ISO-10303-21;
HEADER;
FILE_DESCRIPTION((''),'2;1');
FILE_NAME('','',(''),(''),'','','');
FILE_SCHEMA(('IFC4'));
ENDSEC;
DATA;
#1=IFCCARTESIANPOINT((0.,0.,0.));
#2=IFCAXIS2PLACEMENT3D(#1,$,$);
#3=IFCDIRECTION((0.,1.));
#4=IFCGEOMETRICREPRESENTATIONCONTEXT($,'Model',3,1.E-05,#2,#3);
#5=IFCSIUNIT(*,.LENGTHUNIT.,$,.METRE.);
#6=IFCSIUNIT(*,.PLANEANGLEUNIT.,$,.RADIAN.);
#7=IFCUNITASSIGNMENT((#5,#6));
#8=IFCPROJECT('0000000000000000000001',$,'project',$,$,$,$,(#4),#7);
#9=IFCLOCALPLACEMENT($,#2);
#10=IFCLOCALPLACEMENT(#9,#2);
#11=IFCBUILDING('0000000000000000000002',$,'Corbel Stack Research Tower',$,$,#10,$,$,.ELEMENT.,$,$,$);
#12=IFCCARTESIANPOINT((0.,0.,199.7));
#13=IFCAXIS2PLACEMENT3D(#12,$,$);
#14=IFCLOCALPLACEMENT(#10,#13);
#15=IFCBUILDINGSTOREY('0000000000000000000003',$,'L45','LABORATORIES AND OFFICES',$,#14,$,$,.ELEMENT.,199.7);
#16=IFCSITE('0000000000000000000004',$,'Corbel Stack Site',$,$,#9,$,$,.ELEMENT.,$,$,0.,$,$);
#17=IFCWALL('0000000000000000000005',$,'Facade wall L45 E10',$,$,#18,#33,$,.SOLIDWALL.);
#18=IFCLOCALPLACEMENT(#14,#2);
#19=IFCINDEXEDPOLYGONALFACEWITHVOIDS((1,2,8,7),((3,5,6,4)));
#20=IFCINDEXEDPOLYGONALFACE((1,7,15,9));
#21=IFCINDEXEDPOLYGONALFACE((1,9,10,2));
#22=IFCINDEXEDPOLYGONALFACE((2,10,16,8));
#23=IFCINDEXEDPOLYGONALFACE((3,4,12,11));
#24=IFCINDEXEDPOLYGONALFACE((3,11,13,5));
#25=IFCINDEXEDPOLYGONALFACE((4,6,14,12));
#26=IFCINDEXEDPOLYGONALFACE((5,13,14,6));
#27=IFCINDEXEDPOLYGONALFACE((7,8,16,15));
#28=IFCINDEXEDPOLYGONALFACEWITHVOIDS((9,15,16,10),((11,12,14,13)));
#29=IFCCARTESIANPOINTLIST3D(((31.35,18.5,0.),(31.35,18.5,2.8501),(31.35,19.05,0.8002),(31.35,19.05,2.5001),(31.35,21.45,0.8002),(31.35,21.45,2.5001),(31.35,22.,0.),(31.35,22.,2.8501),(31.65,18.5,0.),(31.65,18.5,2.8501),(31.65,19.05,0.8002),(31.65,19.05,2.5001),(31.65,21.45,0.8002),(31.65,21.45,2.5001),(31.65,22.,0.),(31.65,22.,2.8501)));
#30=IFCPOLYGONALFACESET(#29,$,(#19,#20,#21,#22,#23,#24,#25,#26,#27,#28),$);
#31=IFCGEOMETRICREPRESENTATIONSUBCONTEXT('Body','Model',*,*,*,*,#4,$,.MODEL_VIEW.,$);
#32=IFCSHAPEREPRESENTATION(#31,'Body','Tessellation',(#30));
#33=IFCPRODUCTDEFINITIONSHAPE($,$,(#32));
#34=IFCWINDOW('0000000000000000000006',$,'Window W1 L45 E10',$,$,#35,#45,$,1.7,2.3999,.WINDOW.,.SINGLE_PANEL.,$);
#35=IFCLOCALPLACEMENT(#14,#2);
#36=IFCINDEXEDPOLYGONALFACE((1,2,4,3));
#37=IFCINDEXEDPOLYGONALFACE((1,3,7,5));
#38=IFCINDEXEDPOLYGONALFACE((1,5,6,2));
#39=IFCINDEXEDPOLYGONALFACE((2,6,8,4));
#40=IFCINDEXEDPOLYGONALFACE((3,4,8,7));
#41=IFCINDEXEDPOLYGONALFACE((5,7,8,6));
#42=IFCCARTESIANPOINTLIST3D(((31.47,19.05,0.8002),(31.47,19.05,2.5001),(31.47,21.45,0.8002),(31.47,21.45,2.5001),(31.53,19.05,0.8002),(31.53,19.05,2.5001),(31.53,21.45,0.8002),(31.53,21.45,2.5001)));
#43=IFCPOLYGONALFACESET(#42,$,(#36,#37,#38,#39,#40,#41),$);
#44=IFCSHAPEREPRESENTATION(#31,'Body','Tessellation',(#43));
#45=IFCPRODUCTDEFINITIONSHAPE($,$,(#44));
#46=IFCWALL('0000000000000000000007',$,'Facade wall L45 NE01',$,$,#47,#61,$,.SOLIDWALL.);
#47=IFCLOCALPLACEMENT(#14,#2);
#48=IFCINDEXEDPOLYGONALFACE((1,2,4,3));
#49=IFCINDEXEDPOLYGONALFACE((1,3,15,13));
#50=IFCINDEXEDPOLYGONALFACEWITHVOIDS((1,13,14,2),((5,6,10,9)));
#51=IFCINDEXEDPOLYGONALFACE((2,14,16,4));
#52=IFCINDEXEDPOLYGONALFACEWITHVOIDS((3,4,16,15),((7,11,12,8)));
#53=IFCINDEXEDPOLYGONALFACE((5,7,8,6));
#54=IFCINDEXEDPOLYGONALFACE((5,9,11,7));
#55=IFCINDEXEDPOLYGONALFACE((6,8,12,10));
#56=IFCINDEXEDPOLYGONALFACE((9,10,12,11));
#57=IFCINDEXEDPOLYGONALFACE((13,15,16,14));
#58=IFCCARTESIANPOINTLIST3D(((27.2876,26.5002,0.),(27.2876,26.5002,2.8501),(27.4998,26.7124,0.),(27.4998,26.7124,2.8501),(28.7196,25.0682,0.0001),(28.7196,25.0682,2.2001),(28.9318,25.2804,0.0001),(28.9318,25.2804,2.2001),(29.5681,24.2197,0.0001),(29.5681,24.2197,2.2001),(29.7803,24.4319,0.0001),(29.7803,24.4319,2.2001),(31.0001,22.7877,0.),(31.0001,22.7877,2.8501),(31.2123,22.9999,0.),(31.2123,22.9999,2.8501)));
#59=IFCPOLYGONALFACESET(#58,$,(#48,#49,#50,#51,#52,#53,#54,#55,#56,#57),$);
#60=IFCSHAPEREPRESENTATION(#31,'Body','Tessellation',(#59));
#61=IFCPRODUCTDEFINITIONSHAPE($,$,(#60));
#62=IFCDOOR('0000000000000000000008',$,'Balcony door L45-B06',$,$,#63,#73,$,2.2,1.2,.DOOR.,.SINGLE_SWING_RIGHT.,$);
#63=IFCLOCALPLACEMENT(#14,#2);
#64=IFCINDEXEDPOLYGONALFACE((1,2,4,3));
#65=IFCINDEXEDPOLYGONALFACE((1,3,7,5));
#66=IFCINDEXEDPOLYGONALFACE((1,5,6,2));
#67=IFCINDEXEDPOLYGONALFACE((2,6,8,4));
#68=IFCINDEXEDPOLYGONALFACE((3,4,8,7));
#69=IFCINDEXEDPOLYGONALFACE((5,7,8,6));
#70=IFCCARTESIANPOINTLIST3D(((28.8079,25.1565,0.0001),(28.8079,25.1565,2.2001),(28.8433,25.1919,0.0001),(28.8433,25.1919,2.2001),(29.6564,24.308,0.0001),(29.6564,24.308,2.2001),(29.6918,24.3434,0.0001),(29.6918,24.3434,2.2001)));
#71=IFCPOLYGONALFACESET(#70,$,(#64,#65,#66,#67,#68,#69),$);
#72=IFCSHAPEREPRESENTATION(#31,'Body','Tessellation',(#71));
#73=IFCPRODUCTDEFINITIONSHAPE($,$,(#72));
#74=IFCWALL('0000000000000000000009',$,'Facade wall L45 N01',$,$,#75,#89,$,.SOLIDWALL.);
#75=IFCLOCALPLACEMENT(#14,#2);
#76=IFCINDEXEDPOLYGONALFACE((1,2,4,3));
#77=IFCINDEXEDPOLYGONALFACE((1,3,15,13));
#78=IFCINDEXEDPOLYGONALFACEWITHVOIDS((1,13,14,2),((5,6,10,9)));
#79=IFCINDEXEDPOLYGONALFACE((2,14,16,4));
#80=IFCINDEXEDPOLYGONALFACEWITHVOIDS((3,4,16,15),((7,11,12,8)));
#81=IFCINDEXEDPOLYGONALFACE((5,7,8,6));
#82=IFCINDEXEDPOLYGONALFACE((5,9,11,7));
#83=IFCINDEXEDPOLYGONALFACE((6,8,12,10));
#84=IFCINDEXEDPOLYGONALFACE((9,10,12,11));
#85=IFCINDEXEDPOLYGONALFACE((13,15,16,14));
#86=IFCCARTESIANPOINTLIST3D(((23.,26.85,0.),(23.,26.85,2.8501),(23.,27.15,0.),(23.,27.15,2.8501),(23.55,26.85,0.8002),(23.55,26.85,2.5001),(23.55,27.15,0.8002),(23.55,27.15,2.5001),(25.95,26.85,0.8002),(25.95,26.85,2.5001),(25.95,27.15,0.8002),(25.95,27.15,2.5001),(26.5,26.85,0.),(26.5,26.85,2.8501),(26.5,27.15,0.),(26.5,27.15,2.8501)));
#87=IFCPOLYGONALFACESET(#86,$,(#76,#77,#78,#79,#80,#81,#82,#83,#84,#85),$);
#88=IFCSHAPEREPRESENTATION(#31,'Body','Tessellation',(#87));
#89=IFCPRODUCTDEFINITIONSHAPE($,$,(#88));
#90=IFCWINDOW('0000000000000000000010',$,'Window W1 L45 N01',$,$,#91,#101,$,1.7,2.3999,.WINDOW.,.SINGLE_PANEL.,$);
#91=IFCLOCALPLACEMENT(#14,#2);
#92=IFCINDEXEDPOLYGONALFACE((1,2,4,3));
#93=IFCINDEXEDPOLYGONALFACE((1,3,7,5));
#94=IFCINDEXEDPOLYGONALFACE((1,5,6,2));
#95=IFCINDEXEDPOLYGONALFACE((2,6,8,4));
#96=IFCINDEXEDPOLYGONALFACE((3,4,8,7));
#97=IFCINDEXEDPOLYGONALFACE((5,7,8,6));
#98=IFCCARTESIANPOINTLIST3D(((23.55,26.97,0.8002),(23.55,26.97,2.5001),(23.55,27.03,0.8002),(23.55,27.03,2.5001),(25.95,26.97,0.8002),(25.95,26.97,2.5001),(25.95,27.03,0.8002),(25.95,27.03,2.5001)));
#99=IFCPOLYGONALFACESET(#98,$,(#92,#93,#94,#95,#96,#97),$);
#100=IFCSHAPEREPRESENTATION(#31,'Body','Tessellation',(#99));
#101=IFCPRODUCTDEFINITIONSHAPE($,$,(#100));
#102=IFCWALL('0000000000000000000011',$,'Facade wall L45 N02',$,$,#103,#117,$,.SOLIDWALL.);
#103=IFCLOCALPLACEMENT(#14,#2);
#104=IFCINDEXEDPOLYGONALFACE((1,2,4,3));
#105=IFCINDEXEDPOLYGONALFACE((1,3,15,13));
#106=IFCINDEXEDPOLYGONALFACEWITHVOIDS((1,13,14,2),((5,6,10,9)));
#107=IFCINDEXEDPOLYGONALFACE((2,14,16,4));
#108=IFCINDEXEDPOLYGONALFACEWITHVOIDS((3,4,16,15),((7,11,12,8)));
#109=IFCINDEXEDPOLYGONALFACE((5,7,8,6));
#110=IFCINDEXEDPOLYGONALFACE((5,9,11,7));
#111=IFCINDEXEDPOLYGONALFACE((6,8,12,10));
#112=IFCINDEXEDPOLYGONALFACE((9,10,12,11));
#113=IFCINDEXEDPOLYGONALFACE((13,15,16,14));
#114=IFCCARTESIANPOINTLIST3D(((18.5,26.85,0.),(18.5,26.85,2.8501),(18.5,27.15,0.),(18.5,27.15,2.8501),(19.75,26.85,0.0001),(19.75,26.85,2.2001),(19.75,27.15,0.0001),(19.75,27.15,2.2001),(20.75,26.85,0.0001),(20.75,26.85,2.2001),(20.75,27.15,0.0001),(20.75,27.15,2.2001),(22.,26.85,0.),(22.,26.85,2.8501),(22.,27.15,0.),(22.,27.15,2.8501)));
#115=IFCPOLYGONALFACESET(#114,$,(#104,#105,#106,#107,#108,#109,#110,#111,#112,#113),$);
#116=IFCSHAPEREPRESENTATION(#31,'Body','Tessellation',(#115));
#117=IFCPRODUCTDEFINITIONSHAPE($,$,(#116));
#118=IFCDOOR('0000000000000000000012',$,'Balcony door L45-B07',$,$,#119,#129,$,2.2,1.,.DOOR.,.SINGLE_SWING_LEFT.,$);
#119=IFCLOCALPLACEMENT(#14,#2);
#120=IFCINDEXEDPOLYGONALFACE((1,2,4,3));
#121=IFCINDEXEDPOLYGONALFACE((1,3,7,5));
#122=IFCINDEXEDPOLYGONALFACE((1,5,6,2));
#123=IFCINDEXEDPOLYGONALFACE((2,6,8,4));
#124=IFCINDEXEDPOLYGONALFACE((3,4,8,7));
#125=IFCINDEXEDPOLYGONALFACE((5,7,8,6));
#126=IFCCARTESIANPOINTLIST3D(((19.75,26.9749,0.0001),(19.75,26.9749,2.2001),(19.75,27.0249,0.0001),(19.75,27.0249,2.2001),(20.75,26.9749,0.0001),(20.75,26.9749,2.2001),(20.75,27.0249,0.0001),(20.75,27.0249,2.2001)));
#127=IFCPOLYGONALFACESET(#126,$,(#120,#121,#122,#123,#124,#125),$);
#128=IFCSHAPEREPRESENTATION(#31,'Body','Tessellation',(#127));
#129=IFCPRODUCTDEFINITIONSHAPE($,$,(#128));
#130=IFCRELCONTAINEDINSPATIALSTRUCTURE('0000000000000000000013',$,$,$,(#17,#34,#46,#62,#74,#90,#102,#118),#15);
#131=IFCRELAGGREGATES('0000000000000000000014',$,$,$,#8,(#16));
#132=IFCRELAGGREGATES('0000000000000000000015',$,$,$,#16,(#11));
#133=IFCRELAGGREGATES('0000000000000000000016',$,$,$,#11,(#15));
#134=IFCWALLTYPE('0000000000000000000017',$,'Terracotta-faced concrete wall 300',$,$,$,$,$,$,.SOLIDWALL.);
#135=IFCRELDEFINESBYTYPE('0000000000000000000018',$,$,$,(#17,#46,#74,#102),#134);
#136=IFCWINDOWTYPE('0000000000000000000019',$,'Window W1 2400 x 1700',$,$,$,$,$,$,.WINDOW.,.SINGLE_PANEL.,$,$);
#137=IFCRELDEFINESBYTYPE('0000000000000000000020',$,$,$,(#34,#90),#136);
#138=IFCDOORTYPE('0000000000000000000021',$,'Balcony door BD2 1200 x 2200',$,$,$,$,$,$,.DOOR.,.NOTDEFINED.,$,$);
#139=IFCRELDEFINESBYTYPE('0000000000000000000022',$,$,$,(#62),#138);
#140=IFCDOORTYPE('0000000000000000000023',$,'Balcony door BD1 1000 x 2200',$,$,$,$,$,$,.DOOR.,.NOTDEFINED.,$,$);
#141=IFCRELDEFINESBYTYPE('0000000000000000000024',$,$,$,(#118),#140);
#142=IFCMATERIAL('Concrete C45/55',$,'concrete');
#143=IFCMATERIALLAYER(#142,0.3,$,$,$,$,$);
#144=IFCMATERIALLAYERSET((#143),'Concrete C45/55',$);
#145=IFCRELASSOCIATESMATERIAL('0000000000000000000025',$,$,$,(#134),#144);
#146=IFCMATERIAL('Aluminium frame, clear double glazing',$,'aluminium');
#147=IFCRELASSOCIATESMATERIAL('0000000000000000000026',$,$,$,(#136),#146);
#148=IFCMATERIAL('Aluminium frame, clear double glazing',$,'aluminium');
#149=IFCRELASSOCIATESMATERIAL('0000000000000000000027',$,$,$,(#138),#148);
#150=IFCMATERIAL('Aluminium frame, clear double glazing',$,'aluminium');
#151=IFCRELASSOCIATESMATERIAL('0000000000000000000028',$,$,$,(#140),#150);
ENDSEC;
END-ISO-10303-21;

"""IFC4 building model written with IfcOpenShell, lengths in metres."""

from ifc_helpers import new_model, si_unit, direction, frame, frame_2d, origin, place, context, subcontext, project, spatial, rectangle, extrude, material, layer, layer_set, type_object, element, fill, save


model = new_model("IFC4")

# Units and contexts
model_context = context("Model", 3, precision=1e-05, world=origin(), true_north=direction((0.0, 1.0)))
body_context = subcontext(model_context, "Body", "Model", "MODEL_VIEW")
ifc_project = project(units=[si_unit("LENGTHUNIT", "METRE"), si_unit("PLANEANGLEUNIT", "RADIAN")], contexts=[model_context])

# Site, building, storey
site_placement = place(None, origin())
site = spatial("IfcSite", under=ifc_project, at=site_placement, Name="Corbel Stack Site", CompositionType="ELEMENT", RefElevation=0.0)
building_placement = place(site_placement, origin())
building = spatial("IfcBuilding", under=site, at=building_placement, Name="Corbel Stack Research Tower", CompositionType="ELEMENT")
storey_placement = place(building_placement, frame((0.0, 0.0, 199.7)))
storey = spatial("IfcBuildingStorey", under=building, at=storey_placement, Name="L45", Description="LABORATORIES AND OFFICES", CompositionType="ELEMENT", Elevation=199.7)

# Wall, opening, window
ifc_material_1 = material(Name="Concrete C45/55", Category="concrete")
ifc_layer_1 = layer(ifc_material_1, 0.3)
ifc_layer_set_1 = layer_set([ifc_layer_1], Name="Concrete C45/55")
wall_type = type_object("IfcWallType", Name="Terracotta-faced concrete wall 300", PredefinedType="SOLIDWALL", material=ifc_layer_set_1)
wall_1_placement = place(storey_placement, frame((31.5, 22.0, 0.0), z_axis=(0.0, 0.0, 1.0), x_axis=(0.0, -1.0, 0.0)))
wall_1 = element("IfcWall", 1, at=wall_1_placement, inside=storey, type_object=wall_type, Name="Facade wall L45 E10", PredefinedType="SOLIDWALL", context=body_context, shape_type="SweptSolid", body=[
    extrude(rectangle(XDim=3.5, YDim=0.3, at=frame_2d((1.75, 0.0))), origin(), (0.0, 0.0, 1.0), 2.8501),
])
opening_1_placement = place(wall_1_placement, frame((0.55, 0.0, 0.8)))
opening_1 = element("IfcOpeningElement", 2, at=opening_1_placement, cuts=wall_1, PredefinedType="OPENING", context=body_context, shape_type="SweptSolid", body=[
    extrude(rectangle(XDim=2.3999, YDim=1.7, at=frame_2d((1.2, 0.8501))), frame((0.0, 0.1599, 0.0), z_axis=(0.0, -1.0, 0.0), x_axis=(1.0, 0.0, 0.0)), (0.0, 0.0, 1.0), 0.3201),
])
ifc_material_2 = material(Name="Aluminium frame, clear double glazing", Category="aluminium")
window_type = type_object("IfcWindowType", Name="Window W1 2400 x 1700", PartitioningType="SINGLE_PANEL", PredefinedType="WINDOW", material=ifc_material_2)
window_1_placement = place(opening_1_placement, origin())
window_1 = element("IfcWindow", 3, at=window_1_placement, inside=storey, type_object=window_type, Name="Window W1 L45 E10", OverallHeight=1.7, OverallWidth=2.3999, PartitioningType="SINGLE_PANEL", PredefinedType="WINDOW", context=body_context, shape_type="SweptSolid", body=[
    extrude(rectangle(XDim=2.3999, YDim=1.7, at=frame_2d((1.2, 0.8501))), frame((0.0, 0.03, 0.0), z_axis=(0.0, -1.0, 0.0), x_axis=(1.0, 0.0, 0.0)), (0.0, 0.0, 1.0), 0.0601),
])
fill(opening_1, window_1)

# Wall, opening, door
wall_2_placement = place(storey_placement, frame((27.3938, 26.6062, 0.0), z_axis=(0.0, 0.0, 1.0), x_axis=(0.707107, -0.707107, 0.0)))
wall_2 = element("IfcWall", 4, at=wall_2_placement, inside=storey, type_object=wall_type, Name="Facade wall L45 NE01", PredefinedType="SOLIDWALL", context=body_context, shape_type="SweptSolid", body=[
    extrude(rectangle(XDim=5.2502, YDim=0.3, at=frame_2d((2.625, 0.0))), origin(), (0.0, 0.0, 1.0), 2.8501),
])
opening_2_placement = place(wall_2_placement, frame((2.0249, 0.0, 0.0)))
opening_2 = element("IfcOpeningElement", 5, at=opening_2_placement, cuts=wall_2, PredefinedType="OPENING", context=body_context, shape_type="SweptSolid", body=[
    extrude(rectangle(XDim=1.2, YDim=2.2, at=frame_2d((0.6001, 1.1001))), frame((0.0, 0.1599, 0.0), z_axis=(0.0, -1.0, 0.0), x_axis=(1.0, 0.0, 0.0)), (0.0, 0.0, 1.0), 0.3201),
])
ifc_material_3 = material(Name="Aluminium frame, clear double glazing", Category="aluminium")
door_type_1 = type_object("IfcDoorType", Name="Balcony door BD2 1200 x 2200", OperationType="NOTDEFINED", PredefinedType="DOOR", material=ifc_material_3)
door_1_placement = place(opening_2_placement, origin())
door_1 = element("IfcDoor", 6, at=door_1_placement, inside=storey, type_object=door_type_1, Name="Balcony door L45-B06", OperationType="SINGLE_SWING_RIGHT", OverallHeight=2.2, OverallWidth=1.2, PredefinedType="DOOR", context=body_context, shape_type="SweptSolid", body=[
    extrude(rectangle(XDim=1.2, YDim=2.2, at=frame_2d((0.6001, 1.1001))), frame((0.0, 0.0249, 0.0), z_axis=(0.0, -1.0, 0.0), x_axis=(1.0, 0.0, 0.0)), (0.0, 0.0, 1.0), 0.05),
])
fill(opening_2, door_1)

# Wall, opening, window
wall_3_placement = place(storey_placement, frame((23.0, 27.0, 0.0), z_axis=(0.0, 0.0, 1.0), x_axis=(1.0, 0.0, 0.0)))
wall_3 = element("IfcWall", 7, at=wall_3_placement, inside=storey, type_object=wall_type, Name="Facade wall L45 N01", PredefinedType="SOLIDWALL", context=body_context, shape_type="SweptSolid", body=[
    extrude(rectangle(XDim=3.5, YDim=0.3, at=frame_2d((1.75, 0.0))), origin(), (0.0, 0.0, 1.0), 2.8501),
])
opening_3_placement = place(wall_3_placement, frame((0.55, 0.0, 0.8)))
opening_3 = element("IfcOpeningElement", 8, at=opening_3_placement, cuts=wall_3, PredefinedType="OPENING", context=body_context, shape_type="SweptSolid", body=[
    extrude(rectangle(XDim=2.3999, YDim=1.7, at=frame_2d((1.2, 0.8501))), frame((0.0, 0.1599, 0.0), z_axis=(0.0, -1.0, 0.0), x_axis=(1.0, 0.0, 0.0)), (0.0, 0.0, 1.0), 0.3201),
])
window_2_placement = place(opening_3_placement, origin())
window_2 = element("IfcWindow", 9, at=window_2_placement, inside=storey, type_object=window_type, Name="Window W1 L45 N01", OverallHeight=1.7, OverallWidth=2.3999, PartitioningType="SINGLE_PANEL", PredefinedType="WINDOW", context=body_context, shape_type="SweptSolid", body=[
    extrude(rectangle(XDim=2.3999, YDim=1.7, at=frame_2d((1.2, 0.8501))), frame((0.0, 0.03, 0.0), z_axis=(0.0, -1.0, 0.0), x_axis=(1.0, 0.0, 0.0)), (0.0, 0.0, 1.0), 0.0601),
])
fill(opening_3, window_2)

# Wall, opening, door
wall_4_placement = place(storey_placement, frame((18.5, 27.0, 0.0), z_axis=(0.0, 0.0, 1.0), x_axis=(1.0, 0.0, 0.0)))
wall_4 = element("IfcWall", 10, at=wall_4_placement, inside=storey, type_object=wall_type, Name="Facade wall L45 N02", PredefinedType="SOLIDWALL", context=body_context, shape_type="SweptSolid", body=[
    extrude(rectangle(XDim=3.5, YDim=0.3, at=frame_2d((1.75, 0.0))), origin(), (0.0, 0.0, 1.0), 2.8501),
])
opening_4_placement = place(wall_4_placement, frame((1.25, 0.0, 0.0)))
opening_4 = element("IfcOpeningElement", 11, at=opening_4_placement, cuts=wall_4, PredefinedType="OPENING", context=body_context, shape_type="SweptSolid", body=[
    extrude(rectangle(XDim=1.0, YDim=2.2, at=frame_2d((0.5, 1.1001))), frame((0.0, 0.1599, 0.0), z_axis=(0.0, -1.0, 0.0), x_axis=(1.0, 0.0, 0.0)), (0.0, 0.0, 1.0), 0.3201),
])
ifc_material_4 = material(Name="Aluminium frame, clear double glazing", Category="aluminium")
door_type_2 = type_object("IfcDoorType", Name="Balcony door BD1 1000 x 2200", OperationType="NOTDEFINED", PredefinedType="DOOR", material=ifc_material_4)
door_2_placement = place(opening_4_placement, origin())
door_2 = element("IfcDoor", 12, at=door_2_placement, inside=storey, type_object=door_type_2, Name="Balcony door L45-B07", OperationType="SINGLE_SWING_LEFT", OverallHeight=2.2, OverallWidth=1.0, PredefinedType="DOOR", context=body_context, shape_type="SweptSolid", body=[
    extrude(rectangle(XDim=1.0, YDim=2.2, at=frame_2d((0.5, 1.1001))), frame((0.0, 0.0249, 0.0), z_axis=(0.0, -1.0, 0.0), x_axis=(1.0, 0.0, 0.0)), (0.0, 0.0, 1.0), 0.05),
])
fill(opening_4, door_2)

save(model, "model.ifc")
